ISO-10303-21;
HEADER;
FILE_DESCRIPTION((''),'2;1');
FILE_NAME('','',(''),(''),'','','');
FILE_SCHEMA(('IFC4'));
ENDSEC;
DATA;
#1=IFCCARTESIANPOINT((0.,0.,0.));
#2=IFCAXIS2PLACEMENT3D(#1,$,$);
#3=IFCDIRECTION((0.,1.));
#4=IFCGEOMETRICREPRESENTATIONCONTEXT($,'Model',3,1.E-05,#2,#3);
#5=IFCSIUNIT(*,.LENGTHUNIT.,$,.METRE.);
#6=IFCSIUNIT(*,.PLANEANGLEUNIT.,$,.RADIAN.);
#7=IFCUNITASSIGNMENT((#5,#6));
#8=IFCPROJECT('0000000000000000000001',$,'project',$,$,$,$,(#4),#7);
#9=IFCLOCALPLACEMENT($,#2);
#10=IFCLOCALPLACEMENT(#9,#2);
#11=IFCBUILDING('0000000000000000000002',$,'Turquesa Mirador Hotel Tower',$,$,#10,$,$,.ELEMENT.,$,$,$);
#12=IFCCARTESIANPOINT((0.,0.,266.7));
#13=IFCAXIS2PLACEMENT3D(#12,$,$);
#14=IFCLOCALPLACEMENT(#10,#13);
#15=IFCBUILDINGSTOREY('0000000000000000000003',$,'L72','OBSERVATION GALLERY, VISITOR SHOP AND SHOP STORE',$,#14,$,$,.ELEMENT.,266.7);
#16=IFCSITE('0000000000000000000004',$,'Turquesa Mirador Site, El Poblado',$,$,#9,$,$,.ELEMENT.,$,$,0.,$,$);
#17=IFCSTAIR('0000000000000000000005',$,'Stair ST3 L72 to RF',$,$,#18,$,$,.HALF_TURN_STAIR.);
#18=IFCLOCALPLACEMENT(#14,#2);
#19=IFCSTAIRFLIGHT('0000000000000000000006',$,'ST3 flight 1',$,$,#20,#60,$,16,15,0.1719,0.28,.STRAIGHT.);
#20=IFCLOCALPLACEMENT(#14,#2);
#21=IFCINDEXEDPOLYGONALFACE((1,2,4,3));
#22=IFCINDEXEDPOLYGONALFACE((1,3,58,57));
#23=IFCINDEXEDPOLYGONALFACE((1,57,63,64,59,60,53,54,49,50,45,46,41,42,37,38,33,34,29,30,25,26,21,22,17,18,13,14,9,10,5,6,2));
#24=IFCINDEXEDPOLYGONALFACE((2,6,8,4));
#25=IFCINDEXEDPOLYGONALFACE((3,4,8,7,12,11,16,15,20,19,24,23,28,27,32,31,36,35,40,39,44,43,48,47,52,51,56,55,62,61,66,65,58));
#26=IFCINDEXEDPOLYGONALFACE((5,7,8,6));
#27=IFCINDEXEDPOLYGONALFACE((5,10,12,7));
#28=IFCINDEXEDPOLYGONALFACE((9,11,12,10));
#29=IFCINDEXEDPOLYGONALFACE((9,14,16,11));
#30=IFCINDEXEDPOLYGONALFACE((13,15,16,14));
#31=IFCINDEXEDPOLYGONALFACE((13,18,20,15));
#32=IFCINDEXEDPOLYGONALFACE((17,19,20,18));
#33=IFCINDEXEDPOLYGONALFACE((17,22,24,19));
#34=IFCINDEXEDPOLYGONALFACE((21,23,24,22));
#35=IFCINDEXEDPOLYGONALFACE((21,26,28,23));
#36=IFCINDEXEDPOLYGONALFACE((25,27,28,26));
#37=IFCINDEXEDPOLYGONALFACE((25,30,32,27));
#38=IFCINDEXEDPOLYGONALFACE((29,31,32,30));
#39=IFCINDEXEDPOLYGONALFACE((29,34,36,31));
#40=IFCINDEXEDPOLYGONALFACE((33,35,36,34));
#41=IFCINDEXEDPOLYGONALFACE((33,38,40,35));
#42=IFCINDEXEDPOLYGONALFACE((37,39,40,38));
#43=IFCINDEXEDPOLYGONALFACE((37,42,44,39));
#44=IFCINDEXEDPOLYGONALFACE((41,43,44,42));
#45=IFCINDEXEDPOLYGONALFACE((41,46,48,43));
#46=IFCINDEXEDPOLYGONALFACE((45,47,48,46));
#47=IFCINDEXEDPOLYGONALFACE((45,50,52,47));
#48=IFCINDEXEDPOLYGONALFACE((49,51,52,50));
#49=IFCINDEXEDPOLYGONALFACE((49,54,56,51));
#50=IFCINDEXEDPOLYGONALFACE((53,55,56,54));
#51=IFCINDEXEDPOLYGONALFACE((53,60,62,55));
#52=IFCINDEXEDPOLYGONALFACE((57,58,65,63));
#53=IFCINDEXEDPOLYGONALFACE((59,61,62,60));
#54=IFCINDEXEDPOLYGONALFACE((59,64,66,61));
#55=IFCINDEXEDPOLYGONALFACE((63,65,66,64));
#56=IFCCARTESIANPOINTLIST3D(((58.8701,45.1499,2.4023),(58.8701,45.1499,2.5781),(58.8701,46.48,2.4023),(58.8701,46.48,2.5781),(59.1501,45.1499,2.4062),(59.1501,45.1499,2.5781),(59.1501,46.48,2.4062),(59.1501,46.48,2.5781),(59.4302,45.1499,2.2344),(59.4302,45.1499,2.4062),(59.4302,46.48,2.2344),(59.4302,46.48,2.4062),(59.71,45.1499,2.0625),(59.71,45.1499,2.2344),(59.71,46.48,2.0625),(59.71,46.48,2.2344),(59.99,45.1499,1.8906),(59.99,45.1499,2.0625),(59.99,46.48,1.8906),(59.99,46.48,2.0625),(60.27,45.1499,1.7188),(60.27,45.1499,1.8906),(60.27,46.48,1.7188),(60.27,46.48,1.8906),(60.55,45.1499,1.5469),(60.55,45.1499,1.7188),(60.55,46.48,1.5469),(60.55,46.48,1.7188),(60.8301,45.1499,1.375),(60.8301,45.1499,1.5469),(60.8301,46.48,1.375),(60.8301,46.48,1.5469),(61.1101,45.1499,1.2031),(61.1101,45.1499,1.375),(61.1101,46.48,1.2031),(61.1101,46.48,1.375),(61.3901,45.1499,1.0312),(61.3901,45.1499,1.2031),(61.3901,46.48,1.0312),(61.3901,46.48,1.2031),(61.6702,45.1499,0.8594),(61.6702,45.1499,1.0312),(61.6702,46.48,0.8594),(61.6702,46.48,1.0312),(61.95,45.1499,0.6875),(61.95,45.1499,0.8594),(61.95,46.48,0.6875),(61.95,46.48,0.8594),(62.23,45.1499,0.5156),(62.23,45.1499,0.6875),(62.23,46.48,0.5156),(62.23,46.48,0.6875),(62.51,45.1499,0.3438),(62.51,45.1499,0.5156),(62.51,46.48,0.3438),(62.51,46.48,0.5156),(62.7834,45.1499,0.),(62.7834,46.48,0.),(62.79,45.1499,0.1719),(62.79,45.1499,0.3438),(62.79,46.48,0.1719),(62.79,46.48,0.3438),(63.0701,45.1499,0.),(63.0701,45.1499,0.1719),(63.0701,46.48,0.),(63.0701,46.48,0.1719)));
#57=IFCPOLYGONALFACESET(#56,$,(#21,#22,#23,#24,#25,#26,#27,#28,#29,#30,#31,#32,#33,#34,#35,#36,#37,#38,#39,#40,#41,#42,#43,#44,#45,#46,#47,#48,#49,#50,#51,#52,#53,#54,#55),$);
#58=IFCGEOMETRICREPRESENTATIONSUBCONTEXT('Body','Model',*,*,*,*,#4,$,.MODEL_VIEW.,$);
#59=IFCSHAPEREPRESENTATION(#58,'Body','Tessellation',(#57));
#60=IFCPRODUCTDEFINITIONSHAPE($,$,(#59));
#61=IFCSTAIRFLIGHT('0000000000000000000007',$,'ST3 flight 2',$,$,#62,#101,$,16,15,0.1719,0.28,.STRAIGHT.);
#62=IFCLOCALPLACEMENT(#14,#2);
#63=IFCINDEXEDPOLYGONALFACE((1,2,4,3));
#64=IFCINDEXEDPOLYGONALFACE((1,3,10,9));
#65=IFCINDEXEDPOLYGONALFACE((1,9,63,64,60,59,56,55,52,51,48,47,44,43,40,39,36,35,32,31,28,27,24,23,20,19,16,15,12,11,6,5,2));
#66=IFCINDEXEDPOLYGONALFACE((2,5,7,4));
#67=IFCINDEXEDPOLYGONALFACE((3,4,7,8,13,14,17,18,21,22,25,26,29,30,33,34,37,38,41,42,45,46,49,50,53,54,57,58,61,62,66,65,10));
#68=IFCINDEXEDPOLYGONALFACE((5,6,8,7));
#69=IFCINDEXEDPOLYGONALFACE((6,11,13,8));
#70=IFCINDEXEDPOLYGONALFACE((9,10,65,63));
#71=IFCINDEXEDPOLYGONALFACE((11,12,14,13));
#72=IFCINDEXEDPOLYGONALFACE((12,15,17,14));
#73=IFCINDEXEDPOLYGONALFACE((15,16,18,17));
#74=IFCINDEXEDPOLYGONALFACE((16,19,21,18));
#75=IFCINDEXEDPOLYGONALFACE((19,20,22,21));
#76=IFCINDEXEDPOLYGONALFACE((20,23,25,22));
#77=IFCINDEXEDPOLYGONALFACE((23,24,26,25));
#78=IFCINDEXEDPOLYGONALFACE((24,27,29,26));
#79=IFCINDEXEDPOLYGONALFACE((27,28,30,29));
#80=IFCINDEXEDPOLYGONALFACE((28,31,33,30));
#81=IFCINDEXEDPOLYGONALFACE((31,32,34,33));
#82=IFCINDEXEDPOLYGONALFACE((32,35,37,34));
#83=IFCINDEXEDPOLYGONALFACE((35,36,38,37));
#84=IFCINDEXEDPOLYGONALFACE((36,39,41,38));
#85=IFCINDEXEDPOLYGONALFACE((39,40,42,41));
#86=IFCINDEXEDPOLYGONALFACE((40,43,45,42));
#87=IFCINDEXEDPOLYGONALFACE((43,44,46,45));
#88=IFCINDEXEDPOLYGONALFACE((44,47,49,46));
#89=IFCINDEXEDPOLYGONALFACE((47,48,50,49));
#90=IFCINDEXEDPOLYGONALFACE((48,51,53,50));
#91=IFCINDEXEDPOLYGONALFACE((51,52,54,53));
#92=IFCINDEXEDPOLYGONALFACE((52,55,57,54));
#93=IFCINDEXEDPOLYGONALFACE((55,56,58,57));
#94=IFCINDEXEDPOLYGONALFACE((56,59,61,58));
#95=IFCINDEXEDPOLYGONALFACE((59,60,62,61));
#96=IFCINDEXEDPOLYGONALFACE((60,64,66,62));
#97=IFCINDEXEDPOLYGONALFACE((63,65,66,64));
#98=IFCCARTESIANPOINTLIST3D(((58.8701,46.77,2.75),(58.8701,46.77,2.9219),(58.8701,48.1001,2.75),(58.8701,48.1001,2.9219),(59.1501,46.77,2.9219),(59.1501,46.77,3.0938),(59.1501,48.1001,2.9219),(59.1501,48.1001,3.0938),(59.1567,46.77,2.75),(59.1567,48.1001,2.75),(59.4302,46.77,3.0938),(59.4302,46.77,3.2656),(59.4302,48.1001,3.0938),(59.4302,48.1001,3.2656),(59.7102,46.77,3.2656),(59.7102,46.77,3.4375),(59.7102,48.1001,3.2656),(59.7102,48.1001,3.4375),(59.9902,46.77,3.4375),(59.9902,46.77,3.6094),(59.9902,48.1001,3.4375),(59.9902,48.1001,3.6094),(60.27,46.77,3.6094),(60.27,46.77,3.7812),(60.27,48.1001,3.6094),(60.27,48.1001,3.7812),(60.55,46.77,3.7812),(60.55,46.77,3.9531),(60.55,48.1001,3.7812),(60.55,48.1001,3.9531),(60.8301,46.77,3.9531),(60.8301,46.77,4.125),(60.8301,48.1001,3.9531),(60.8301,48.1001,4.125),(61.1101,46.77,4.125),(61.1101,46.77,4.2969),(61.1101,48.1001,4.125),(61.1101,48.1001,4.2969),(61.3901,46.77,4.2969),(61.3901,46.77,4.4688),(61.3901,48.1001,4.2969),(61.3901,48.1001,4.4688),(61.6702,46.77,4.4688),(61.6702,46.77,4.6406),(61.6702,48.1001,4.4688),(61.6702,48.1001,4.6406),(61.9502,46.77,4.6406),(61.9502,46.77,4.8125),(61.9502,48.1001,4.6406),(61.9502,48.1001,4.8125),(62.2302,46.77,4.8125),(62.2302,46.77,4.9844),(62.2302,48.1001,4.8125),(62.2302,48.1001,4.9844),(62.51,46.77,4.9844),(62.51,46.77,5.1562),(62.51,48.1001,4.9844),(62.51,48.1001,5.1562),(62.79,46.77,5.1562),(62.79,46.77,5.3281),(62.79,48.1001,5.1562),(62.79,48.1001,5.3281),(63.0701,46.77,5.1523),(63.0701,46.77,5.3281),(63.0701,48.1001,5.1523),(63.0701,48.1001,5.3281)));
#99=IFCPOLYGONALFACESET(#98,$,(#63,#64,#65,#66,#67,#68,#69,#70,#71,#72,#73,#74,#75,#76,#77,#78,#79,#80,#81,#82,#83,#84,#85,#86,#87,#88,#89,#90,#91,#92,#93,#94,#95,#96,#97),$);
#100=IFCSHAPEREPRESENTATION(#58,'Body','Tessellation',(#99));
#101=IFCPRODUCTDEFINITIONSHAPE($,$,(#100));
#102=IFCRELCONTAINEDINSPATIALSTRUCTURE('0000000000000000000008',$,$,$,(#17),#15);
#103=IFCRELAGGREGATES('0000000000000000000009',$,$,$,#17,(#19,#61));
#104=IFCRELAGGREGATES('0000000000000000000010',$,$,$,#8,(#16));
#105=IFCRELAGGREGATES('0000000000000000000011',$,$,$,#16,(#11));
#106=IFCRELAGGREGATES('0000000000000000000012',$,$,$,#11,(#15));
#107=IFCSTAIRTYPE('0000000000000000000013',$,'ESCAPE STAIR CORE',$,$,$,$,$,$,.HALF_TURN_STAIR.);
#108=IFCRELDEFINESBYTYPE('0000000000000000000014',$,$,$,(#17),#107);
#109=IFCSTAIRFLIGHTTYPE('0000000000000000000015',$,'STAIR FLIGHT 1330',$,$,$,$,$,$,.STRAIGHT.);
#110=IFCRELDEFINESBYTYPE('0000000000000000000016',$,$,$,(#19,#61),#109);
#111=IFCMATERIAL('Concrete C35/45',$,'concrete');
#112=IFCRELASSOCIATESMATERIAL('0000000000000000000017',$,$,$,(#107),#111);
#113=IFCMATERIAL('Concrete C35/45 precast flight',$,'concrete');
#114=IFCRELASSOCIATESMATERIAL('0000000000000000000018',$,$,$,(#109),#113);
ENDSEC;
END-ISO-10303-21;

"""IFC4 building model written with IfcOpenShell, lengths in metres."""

from ifc_helpers import new_model, si_unit, direction, frame, origin, place, context, subcontext, project, spatial, polyline, outline, extrude, material, type_object, element, aggregate, save


model = new_model("IFC4")

# Units and contexts
model_context = context("Model", 3, precision=1e-05, world=origin(), true_north=direction((0.0, 1.0)))
body_context = subcontext(model_context, "Body", "Model", "MODEL_VIEW")
ifc_project = project(units=[si_unit("LENGTHUNIT", "METRE"), si_unit("PLANEANGLEUNIT", "RADIAN")], contexts=[model_context])

# Site, building, storey
site_placement = place(None, origin())
site = spatial("IfcSite", under=ifc_project, at=site_placement, Name="Turquesa Mirador Site, El Poblado", CompositionType="ELEMENT", RefElevation=0.0)
building_placement = place(site_placement, origin())
building = spatial("IfcBuilding", under=site, at=building_placement, Name="Turquesa Mirador Hotel Tower", CompositionType="ELEMENT")
storey_placement = place(building_placement, frame((0.0, 0.0, 266.7)))
storey = spatial("IfcBuildingStorey", under=building, at=storey_placement, Name="L72", Description="OBSERVATION GALLERY, VISITOR SHOP AND SHOP STORE", CompositionType="ELEMENT", Elevation=266.7)

# Stair, stair flights
ifc_material_1 = material(Name="Concrete C35/45", Category="concrete")
stair_type = type_object("IfcStairType", Name="ESCAPE STAIR CORE", PredefinedType="HALF_TURN_STAIR", material=ifc_material_1)
stair_placement = place(storey_placement, origin())
stair = element("IfcStair", 1, at=stair_placement, inside=storey, type_object=stair_type, Name="Stair ST3 L72 to RF", PredefinedType="HALF_TURN_STAIR")
ifc_material_2 = material(Name="Concrete C35/45 precast flight", Category="concrete")
stair_flight_type = type_object("IfcStairFlightType", Name="STAIR FLIGHT 1330", PredefinedType="STRAIGHT", material=ifc_material_2)
stair_flight_1_placement = place(storey_placement, frame((63.0701, 45.8149, 0.0), z_axis=(0.0, 0.0, 1.0), x_axis=(-1.0, 0.0, 0.0)))
stair_flight_1 = element("IfcStairFlight", 2, at=stair_flight_1_placement, type_object=stair_flight_type, Name="ST3 flight 1", NumberOfRisers=16, NumberOfTreads=15, PredefinedType="STRAIGHT", RiserHeight=0.1719, TreadLength=0.28, context=body_context, shape_type="SweptSolid", body=[
    extrude(outline(polyline([(0.0, 0.0), (0.0, 0.1719), (0.28, 0.1719), (0.28, 0.3438), (0.5601, 0.3438), (0.5601, 0.5156), (0.8401, 0.5156), (0.8401, 0.6875), (1.1201, 0.6875), (1.1201, 0.8594), (1.3999, 0.8594), (1.3999, 1.0312), (1.6799, 1.0312), (1.6799, 1.2031), (1.96, 1.2031), (1.96, 1.375), (2.24, 1.375), (2.24, 1.5469), (2.52, 1.5469), (2.52, 1.7188), (2.8, 1.7188), (2.8, 1.8906), (3.0801, 1.8906), (3.0801, 2.0625), (3.3601, 2.0625), (3.3601, 2.2344), (3.6399, 2.2344), (3.6399, 2.4062), (3.9199, 2.4062), (3.9199, 2.5781), (4.2, 2.5781), (4.2, 2.75), (4.2, 2.4023), (0.2866, 0.0), (0.0, 0.0)])), frame((0.0, 0.665, 0.0), z_axis=(0.0, -1.0, 0.0), x_axis=(1.0, 0.0, 0.0)), (0.0, 0.0, 1.0), 1.3301),
])
stair_flight_2_placement = place(storey_placement, frame((58.8701, 47.4351, 2.75), z_axis=(0.0, 0.0, 1.0), x_axis=(1.0, 0.0, 0.0)))
stair_flight_2 = element("IfcStairFlight", 3, at=stair_flight_2_placement, type_object=stair_flight_type, Name="ST3 flight 2", NumberOfRisers=16, NumberOfTreads=15, PredefinedType="STRAIGHT", RiserHeight=0.1719, TreadLength=0.28, context=body_context, shape_type="SweptSolid", body=[
    extrude(outline(polyline([(0.0, 0.0), (0.0, 0.1719), (0.28, 0.1719), (0.28, 0.3438), (0.5601, 0.3438), (0.5601, 0.5156), (0.8401, 0.5156), (0.8401, 0.6875), (1.1201, 0.6875), (1.1201, 0.8594), (1.3999, 0.8594), (1.3999, 1.0312), (1.6799, 1.0312), (1.6799, 1.2031), (1.96, 1.2031), (1.96, 1.375), (2.24, 1.375), (2.24, 1.5469), (2.52, 1.5469), (2.52, 1.7188), (2.8, 1.7188), (2.8, 1.8906), (3.0801, 1.8906), (3.0801, 2.0625), (3.3601, 2.0625), (3.3601, 2.2344), (3.6399, 2.2344), (3.6399, 2.4062), (3.9199, 2.4062), (3.9199, 2.5781), (4.2, 2.5781), (4.2, 2.75), (4.2, 2.4023), (0.2866, 0.0), (0.0, 0.0)])), frame((0.0, 0.665, 0.0), z_axis=(0.0, -1.0, 0.0), x_axis=(1.0, 0.0, 0.0)), (0.0, 0.0, 1.0), 1.3301),
])
aggregate(stair, [stair_flight_1, stair_flight_2])

save(model, "model.ifc")
